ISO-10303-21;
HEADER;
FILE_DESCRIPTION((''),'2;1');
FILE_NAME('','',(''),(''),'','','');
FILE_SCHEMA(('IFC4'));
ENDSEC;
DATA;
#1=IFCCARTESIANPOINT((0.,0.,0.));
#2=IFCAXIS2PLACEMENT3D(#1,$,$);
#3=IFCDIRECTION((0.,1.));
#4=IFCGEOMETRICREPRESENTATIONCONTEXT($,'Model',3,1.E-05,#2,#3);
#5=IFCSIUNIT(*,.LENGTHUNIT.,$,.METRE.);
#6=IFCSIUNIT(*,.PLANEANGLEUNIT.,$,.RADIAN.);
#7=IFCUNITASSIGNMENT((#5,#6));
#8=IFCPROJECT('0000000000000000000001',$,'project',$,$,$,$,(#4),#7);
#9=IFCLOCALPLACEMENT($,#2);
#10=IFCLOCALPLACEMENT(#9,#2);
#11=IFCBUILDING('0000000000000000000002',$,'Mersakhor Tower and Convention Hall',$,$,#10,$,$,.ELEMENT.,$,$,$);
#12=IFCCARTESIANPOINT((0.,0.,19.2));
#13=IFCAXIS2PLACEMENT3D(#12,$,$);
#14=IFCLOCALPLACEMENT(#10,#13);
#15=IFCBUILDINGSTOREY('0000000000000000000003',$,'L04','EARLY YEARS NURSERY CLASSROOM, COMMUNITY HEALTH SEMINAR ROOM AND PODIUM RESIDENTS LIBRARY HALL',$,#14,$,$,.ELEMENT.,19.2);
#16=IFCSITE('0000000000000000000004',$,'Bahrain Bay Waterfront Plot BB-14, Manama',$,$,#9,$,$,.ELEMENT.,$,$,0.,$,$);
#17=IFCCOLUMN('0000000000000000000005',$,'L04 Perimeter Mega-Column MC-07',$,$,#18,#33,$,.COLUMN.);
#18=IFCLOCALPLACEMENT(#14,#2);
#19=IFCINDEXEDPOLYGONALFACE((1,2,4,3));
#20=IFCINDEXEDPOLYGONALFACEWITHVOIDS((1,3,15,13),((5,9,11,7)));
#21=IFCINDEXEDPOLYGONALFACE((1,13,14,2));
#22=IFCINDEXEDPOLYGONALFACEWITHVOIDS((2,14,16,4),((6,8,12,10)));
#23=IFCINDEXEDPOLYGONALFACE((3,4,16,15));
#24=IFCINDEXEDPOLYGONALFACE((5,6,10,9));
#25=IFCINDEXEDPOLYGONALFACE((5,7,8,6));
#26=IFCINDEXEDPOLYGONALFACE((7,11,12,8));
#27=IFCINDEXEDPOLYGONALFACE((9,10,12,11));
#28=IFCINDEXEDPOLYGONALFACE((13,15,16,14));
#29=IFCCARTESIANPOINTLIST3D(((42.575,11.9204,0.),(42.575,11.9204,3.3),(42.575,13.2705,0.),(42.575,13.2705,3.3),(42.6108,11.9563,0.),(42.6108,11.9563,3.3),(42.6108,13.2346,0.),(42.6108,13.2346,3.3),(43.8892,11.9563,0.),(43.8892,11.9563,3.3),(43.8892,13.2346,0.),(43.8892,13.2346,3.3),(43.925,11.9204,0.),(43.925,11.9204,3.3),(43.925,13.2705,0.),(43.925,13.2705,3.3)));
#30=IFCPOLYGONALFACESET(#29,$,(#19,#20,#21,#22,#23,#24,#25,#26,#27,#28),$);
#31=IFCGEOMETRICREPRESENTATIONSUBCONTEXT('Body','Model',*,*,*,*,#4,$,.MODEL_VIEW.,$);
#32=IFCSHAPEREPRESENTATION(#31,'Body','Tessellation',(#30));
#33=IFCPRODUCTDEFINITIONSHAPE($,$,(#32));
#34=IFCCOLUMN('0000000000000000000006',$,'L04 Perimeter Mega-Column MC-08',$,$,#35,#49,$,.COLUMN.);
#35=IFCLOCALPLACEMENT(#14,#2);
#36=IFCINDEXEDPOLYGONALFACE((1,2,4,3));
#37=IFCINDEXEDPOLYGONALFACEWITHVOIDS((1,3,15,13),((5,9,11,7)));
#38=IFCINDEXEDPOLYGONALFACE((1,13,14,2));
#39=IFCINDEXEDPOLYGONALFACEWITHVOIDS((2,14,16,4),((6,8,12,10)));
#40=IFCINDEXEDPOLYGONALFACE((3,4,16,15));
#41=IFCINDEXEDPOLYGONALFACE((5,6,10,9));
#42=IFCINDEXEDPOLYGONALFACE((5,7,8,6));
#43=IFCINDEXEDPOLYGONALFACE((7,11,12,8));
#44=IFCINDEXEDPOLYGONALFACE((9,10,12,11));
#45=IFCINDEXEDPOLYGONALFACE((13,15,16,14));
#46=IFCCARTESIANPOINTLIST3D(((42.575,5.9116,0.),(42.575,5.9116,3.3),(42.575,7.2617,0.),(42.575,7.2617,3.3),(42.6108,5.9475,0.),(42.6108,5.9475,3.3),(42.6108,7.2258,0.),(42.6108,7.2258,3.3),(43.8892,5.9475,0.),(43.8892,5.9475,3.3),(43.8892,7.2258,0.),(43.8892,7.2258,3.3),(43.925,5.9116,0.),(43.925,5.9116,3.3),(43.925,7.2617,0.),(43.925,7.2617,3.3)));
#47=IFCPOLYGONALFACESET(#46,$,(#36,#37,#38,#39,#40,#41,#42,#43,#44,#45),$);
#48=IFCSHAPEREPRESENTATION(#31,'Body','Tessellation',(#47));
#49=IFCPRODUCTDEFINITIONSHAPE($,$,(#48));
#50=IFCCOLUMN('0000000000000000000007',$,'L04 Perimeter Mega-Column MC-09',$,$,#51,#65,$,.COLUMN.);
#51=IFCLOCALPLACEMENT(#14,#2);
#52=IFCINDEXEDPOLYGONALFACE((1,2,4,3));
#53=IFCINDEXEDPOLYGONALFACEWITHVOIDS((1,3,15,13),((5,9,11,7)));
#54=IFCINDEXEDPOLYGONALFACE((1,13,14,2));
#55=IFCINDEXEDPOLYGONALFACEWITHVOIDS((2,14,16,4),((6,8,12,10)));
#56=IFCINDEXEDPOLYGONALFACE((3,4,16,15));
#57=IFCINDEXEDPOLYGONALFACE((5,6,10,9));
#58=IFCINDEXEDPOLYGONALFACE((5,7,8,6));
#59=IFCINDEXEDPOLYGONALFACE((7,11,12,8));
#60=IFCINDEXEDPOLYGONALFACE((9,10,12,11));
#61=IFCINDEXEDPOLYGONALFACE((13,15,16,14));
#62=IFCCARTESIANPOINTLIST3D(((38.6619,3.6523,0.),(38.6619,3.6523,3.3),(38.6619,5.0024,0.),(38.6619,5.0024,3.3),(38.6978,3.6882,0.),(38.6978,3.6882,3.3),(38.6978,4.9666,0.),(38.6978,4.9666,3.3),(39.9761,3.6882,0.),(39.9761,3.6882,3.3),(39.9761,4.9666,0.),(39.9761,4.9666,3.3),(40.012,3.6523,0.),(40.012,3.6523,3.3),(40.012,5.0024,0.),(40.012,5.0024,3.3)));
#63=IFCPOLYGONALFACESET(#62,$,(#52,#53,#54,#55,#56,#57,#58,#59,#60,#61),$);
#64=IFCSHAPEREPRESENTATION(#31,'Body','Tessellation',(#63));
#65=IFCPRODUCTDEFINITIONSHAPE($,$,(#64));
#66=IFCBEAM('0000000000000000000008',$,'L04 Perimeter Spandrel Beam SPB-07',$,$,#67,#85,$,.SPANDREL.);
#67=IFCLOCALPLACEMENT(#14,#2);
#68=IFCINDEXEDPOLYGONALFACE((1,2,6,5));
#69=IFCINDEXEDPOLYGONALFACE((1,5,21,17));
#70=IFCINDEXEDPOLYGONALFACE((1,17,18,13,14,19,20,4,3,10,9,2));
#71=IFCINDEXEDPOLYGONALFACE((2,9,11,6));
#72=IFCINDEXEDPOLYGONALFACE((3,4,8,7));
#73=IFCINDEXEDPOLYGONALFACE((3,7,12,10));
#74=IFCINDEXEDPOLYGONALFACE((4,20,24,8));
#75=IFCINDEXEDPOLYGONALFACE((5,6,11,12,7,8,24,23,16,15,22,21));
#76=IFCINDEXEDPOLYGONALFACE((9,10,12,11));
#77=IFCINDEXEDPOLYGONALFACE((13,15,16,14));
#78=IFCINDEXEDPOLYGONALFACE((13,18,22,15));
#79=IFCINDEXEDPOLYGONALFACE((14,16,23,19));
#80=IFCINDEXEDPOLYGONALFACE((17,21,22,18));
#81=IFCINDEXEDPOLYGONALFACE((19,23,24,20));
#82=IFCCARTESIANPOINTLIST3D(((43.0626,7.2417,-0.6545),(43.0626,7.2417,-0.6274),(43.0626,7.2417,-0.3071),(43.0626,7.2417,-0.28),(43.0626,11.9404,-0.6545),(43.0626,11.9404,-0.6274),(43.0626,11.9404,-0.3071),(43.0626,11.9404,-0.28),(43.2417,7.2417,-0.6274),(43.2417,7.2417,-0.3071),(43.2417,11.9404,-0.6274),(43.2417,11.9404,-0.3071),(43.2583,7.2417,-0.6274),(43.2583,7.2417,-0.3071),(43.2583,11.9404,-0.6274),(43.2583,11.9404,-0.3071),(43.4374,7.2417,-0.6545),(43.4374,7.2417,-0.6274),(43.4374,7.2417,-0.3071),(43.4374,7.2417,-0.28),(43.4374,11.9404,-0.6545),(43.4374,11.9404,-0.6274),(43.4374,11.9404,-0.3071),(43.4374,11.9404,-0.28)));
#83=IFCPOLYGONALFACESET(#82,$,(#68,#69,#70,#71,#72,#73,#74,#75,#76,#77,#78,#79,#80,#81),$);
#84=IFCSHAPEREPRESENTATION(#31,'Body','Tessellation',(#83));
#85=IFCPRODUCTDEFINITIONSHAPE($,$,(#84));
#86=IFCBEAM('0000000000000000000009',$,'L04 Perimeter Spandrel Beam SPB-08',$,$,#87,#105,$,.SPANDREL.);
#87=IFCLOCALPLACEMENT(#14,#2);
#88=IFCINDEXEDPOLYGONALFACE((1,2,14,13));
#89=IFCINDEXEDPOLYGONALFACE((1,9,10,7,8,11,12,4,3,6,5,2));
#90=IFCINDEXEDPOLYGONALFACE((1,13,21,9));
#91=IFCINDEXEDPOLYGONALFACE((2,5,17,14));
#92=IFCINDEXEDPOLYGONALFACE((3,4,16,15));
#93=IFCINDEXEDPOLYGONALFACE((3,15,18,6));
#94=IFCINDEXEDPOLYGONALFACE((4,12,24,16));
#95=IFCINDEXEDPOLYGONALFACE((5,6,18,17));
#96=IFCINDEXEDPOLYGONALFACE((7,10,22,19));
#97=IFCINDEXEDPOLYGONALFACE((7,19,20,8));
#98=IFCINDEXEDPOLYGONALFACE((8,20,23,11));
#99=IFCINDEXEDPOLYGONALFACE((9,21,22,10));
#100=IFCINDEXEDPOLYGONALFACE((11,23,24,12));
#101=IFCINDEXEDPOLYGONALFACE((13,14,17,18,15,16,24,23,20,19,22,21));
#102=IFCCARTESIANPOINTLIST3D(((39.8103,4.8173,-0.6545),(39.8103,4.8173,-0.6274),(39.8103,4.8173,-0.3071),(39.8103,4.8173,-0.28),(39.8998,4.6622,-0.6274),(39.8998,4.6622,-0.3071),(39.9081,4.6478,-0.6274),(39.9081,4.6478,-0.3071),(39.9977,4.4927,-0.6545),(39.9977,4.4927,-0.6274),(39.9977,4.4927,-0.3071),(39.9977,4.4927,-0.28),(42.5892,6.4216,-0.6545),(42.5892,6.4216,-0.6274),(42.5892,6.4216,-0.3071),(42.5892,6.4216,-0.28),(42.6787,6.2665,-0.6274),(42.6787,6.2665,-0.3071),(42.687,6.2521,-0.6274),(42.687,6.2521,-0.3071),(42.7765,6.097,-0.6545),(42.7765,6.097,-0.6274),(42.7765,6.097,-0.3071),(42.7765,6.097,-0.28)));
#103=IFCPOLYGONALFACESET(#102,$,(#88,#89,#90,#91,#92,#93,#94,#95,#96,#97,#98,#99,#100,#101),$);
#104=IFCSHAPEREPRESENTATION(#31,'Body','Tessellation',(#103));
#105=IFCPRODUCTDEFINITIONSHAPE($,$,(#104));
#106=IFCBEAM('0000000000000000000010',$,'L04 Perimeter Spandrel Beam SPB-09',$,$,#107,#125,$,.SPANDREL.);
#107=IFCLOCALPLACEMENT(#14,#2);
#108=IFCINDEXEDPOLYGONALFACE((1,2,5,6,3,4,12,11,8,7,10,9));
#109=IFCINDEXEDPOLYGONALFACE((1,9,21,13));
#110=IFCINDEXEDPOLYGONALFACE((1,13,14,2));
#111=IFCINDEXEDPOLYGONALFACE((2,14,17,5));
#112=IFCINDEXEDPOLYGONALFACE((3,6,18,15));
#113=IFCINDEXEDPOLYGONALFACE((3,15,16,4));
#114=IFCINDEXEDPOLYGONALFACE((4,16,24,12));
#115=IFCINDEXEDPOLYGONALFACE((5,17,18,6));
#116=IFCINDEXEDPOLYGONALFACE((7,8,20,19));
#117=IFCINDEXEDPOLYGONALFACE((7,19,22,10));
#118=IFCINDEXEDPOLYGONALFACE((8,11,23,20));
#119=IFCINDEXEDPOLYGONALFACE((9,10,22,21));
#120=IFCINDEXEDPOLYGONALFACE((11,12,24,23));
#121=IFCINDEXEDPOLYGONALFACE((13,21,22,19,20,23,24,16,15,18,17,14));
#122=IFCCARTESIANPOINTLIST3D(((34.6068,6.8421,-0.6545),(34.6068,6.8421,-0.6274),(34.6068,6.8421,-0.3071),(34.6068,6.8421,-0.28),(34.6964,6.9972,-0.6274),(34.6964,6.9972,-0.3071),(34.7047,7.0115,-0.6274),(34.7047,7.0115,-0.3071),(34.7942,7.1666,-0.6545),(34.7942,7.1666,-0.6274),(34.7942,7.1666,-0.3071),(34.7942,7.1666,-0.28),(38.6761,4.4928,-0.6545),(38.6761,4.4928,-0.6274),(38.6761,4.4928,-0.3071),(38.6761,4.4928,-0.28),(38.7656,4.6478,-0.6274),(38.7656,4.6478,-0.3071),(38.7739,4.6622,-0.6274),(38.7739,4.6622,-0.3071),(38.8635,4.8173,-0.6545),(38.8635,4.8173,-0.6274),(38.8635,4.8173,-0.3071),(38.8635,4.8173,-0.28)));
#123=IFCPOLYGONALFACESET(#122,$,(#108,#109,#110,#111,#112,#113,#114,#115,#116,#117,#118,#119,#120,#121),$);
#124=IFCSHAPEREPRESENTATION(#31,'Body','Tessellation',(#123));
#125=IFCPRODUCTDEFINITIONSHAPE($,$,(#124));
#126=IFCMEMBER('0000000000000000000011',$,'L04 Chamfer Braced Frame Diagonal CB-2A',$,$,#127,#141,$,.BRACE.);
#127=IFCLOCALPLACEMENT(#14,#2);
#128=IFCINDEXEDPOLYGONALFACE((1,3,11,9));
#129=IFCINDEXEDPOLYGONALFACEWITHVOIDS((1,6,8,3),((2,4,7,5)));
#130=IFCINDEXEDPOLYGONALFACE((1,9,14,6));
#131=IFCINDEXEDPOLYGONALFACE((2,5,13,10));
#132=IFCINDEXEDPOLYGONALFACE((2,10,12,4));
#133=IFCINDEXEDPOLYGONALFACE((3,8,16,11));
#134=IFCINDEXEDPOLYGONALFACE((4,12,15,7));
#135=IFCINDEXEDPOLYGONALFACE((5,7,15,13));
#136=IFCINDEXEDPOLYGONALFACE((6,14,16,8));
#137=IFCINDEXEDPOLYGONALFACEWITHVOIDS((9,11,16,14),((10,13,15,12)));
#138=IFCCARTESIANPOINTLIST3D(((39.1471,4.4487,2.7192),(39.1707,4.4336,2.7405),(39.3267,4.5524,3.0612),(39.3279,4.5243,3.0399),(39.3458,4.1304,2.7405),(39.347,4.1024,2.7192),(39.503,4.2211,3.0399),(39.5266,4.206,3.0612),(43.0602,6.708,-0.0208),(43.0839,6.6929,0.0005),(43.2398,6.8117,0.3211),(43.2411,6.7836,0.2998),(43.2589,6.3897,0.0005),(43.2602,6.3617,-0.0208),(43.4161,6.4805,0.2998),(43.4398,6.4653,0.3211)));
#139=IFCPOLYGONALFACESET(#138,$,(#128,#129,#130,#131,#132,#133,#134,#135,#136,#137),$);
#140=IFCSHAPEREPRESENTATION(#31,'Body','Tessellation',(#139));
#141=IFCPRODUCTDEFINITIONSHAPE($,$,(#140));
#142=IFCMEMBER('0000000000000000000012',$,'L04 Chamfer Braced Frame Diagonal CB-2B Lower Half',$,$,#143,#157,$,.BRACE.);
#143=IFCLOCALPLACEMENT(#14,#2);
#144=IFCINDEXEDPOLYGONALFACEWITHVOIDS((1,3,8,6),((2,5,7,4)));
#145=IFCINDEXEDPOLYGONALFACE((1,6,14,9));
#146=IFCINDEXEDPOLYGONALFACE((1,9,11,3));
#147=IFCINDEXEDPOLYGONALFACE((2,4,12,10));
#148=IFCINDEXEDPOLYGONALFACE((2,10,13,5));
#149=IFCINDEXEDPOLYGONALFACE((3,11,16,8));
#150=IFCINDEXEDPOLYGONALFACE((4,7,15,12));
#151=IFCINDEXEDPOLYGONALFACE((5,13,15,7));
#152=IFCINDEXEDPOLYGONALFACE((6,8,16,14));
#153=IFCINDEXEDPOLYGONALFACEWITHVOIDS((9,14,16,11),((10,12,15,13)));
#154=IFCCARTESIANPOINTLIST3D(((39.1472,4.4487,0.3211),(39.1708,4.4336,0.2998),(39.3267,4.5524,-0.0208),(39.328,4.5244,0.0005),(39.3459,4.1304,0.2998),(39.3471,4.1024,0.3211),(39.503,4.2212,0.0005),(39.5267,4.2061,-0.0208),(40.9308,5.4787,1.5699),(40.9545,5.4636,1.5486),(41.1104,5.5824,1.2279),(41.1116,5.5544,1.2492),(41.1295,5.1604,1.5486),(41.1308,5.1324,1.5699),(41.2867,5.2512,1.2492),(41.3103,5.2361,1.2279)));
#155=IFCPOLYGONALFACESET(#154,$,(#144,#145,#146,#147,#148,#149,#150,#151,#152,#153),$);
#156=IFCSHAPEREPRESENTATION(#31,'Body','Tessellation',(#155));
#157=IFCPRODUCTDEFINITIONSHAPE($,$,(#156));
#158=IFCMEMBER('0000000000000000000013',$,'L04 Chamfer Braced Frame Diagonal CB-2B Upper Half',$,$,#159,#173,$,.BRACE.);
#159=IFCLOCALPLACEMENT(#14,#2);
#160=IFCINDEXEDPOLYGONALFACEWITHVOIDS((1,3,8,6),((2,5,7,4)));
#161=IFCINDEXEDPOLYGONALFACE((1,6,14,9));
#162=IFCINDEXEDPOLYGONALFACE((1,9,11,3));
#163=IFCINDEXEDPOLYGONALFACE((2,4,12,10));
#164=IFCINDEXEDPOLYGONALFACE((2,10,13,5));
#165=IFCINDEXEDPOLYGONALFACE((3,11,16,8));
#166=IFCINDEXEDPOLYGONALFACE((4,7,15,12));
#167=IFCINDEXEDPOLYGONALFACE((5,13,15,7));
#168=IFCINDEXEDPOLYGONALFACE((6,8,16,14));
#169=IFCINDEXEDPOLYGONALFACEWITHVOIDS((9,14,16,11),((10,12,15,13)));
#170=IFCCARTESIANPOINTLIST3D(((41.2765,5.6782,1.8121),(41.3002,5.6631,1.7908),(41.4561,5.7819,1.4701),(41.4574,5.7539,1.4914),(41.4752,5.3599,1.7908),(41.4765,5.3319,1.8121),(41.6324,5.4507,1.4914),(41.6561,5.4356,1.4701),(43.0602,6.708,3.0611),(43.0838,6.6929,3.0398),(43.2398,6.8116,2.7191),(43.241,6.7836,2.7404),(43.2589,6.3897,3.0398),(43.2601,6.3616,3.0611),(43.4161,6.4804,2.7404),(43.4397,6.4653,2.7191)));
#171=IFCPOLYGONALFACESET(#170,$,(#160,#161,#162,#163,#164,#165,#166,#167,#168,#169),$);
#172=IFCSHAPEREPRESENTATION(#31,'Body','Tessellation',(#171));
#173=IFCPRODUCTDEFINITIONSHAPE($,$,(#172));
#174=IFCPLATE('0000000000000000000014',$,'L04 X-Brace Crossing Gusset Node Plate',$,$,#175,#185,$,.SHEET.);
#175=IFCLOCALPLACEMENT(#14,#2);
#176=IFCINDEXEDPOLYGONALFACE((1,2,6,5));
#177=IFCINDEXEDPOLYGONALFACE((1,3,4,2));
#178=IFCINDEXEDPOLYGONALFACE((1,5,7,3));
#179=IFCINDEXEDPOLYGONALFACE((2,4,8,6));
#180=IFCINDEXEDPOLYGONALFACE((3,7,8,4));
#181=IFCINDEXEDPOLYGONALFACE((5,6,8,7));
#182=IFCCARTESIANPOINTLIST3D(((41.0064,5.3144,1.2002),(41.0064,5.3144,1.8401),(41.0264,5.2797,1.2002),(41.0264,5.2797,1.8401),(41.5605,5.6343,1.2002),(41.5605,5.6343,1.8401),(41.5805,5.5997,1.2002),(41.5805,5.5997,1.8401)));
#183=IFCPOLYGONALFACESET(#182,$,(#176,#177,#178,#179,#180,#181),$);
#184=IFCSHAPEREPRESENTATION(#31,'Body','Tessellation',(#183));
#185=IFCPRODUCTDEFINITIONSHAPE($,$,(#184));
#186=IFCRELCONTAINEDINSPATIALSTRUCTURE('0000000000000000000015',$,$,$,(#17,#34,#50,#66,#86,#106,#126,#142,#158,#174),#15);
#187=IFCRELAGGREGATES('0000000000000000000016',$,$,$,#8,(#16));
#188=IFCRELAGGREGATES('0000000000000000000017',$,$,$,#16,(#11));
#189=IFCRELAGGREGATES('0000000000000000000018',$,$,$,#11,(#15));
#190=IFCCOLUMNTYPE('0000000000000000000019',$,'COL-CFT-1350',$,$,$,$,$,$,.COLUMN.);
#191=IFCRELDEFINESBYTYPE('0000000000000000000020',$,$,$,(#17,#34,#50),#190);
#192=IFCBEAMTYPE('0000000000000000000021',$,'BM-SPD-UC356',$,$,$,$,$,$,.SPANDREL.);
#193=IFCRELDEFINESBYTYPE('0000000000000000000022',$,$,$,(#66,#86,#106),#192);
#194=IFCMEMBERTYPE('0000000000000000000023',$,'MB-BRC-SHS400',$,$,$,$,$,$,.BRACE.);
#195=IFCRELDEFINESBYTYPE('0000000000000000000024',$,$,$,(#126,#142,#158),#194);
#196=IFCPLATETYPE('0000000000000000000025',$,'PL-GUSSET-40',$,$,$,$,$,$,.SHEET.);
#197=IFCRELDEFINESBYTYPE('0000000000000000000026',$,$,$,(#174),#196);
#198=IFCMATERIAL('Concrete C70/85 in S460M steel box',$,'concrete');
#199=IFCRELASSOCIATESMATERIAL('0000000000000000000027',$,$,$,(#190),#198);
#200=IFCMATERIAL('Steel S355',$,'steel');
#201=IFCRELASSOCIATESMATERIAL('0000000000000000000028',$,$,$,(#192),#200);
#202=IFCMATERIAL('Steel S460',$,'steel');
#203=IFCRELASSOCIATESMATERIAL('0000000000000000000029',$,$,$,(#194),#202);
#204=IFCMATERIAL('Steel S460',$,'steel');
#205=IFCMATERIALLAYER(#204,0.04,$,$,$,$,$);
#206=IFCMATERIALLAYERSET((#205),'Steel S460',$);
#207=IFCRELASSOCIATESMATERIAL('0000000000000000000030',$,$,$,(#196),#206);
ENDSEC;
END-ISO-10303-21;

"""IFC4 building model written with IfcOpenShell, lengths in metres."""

from ifc_helpers import new_model, si_unit, direction, frame, origin, origin_2d, place, context, subcontext, project, spatial, rectangle, hollow_rectangle, i_section, extrude, material, layer, layer_set, material_profile, profile_set, type_object, element, save


model = new_model("IFC4")

# Units and contexts
model_context = context("Model", 3, precision=1e-05, world=origin(), true_north=direction((0.0, 1.0)))
body_context = subcontext(model_context, "Body", "Model", "MODEL_VIEW")
ifc_project = project(units=[si_unit("LENGTHUNIT", "METRE"), si_unit("PLANEANGLEUNIT", "RADIAN")], contexts=[model_context])

# Site, building, storey
site_placement = place(None, origin())
site = spatial("IfcSite", under=ifc_project, at=site_placement, Name="Bahrain Bay Waterfront Plot BB-14, Manama", CompositionType="ELEMENT", RefElevation=0.0)
building_placement = place(site_placement, origin())
building = spatial("IfcBuilding", under=site, at=building_placement, Name="Mersakhor Tower and Convention Hall", CompositionType="ELEMENT")
storey_placement = place(building_placement, frame((0.0, 0.0, 19.2)))
storey = spatial("IfcBuildingStorey", under=building, at=storey_placement, Name="L04", Description="EARLY YEARS NURSERY CLASSROOM, COMMUNITY HEALTH SEMINAR ROOM AND PODIUM RESIDENTS LIBRARY HALL", CompositionType="ELEMENT", Elevation=19.2)

# Columns
ifc_material_1 = material(Name="Concrete C70/85 in S460M steel box", Category="concrete")
ifc_material_profile_1 = material_profile(ifc_material_1, hollow_rectangle(XDim=1.3501, YDim=1.3501, WallThickness=0.0359, at=origin_2d()), Name="SHS 1350x1350x36")
ifc_profile_set_1 = profile_set([ifc_material_profile_1], Name="Concrete C70/85 in S460M steel box")
column_type = type_object("IfcColumnType", Name="COL-CFT-1350", PredefinedType="COLUMN", material=ifc_profile_set_1)
for number, where, z_axis, x_axis, name in (
    (1, (43.25, 12.5955, 0.0), (0.0, 0.0, 1.0), (1.0, 0.0, 0.0), "L04 Perimeter Mega-Column MC-07"),
    (2, (43.25, 6.5867, 0.0), (0.0, 0.0, 1.0), (1.0, 0.0, 0.0), "L04 Perimeter Mega-Column MC-08"),
    (3, (39.3369, 4.3274, 0.0), (0.0, 0.0, 1.0), (1.0, 0.0, 0.0), "L04 Perimeter Mega-Column MC-09"),
):
    element("IfcColumn", number, at=place(storey_placement, frame(where, z_axis=z_axis, x_axis=x_axis)), inside=storey, type_object=column_type, Name=name, PredefinedType="COLUMN", context=body_context, shape_type="SweptSolid", body=[
        extrude(hollow_rectangle(XDim=1.3501, YDim=1.3501, WallThickness=0.0359, at=origin_2d()), origin(), (0.0, 0.0, 1.0), 3.3),
    ])

# Beams
ifc_material_2 = material(Name="Steel S355", Category="steel")
ifc_material_profile_2 = material_profile(ifc_material_2, i_section(OverallWidth=0.3748, OverallDepth=0.3745, WebThickness=0.0166, FlangeThickness=0.0271, at=origin_2d()), Name="UC 356x368x202")
ifc_profile_set_2 = profile_set([ifc_material_profile_2], Name="Steel S355")
beam_type = type_object("IfcBeamType", Name="BM-SPD-UC356", PredefinedType="SPANDREL", material=ifc_profile_set_2)
beam_1_placement = place(storey_placement, frame((43.25, 11.9404, -0.4673), z_axis=(0.0, -1.0, 0.0), x_axis=(1.0, 0.0, 0.0)))
element("IfcBeam", 4, at=beam_1_placement, inside=storey, type_object=beam_type, Name="L04 Perimeter Spandrel Beam SPB-07", PredefinedType="SPANDREL", context=body_context, shape_type="SweptSolid", body=[
    extrude(i_section(OverallWidth=0.3748, OverallDepth=0.3745, WebThickness=0.0166, FlangeThickness=0.0271, at=origin_2d()), origin(), (0.0, 0.0, 1.0), 4.6987),
])
beam_2_placement = place(storey_placement, frame((42.6829, 6.2593, -0.4673), z_axis=(-0.866039, -0.499977, 0.0), x_axis=(0.499977, -0.866039, 0.0)))
element("IfcBeam", 5, at=beam_2_placement, inside=storey, type_object=beam_type, Name="L04 Perimeter Spandrel Beam SPB-08", PredefinedType="SPANDREL", context=body_context, shape_type="SweptSolid", body=[
    extrude(i_section(OverallWidth=0.3748, OverallDepth=0.3745, WebThickness=0.0166, FlangeThickness=0.0271, at=origin_2d()), origin(), (0.0, 0.0, 1.0), 3.2087),
])
beam_3_placement = place(storey_placement, frame((38.7698, 4.655, -0.4673), z_axis=(-0.866032, 0.499989, 0.0), x_axis=(-0.499989, -0.866032, 0.0)))
element("IfcBeam", 6, at=beam_3_placement, inside=storey, type_object=beam_type, Name="L04 Perimeter Spandrel Beam SPB-09", PredefinedType="SPANDREL", context=body_context, shape_type="SweptSolid", body=[
    extrude(i_section(OverallWidth=0.3748, OverallDepth=0.3745, WebThickness=0.0166, FlangeThickness=0.0271, at=origin_2d()), origin(), (0.0, 0.0, 1.0), 4.6987),
])

# Members
ifc_material_3 = material(Name="Steel S460", Category="steel")
ifc_material_profile_3 = material_profile(ifc_material_3, hollow_rectangle(XDim=0.3999, YDim=0.3999, WallThickness=0.0249, at=origin_2d()), Name="SHS 400x400x25")
ifc_profile_set_3 = profile_set([ifc_material_profile_3], Name="Steel S460")
member_type = type_object("IfcMemberType", Name="MB-BRC-SHS400", PredefinedType="BRACE", material=ifc_profile_set_3)
member_placement = place(storey_placement, frame((43.25, 6.5867, 0.1501), z_axis=(-0.740508, -0.427543, 0.518513), x_axis=(0.500009, -0.86602, 0.0)))
element("IfcMember", 7, at=member_placement, inside=storey, type_object=member_type, Name="L04 Chamfer Braced Frame Diagonal CB-2A", PredefinedType="BRACE", context=body_context, shape_type="SweptSolid", body=[
    extrude(hollow_rectangle(XDim=0.3999, YDim=0.3999, WallThickness=0.0249, at=origin_2d()), origin(), (0.0, 0.0, 1.0), 5.2844),
])
for number, where, z_axis, x_axis, name in (
    (8, (39.3369, 4.3274, 0.1501), (0.740512, 0.427624, 0.51844), (-0.500078, 0.86598, 0.0), "L04 Chamfer Braced Frame Diagonal CB-2B Lower Half"),
    (9, (41.4663, 5.5569, 1.6411), (0.740505, 0.427519, 0.518536), (-0.499989, 0.866032, 0.0), "L04 Chamfer Braced Frame Diagonal CB-2B Upper Half"),
):
    element("IfcMember", number, at=place(storey_placement, frame(where, z_axis=z_axis, x_axis=x_axis)), inside=storey, type_object=member_type, Name=name, PredefinedType="BRACE", context=body_context, shape_type="SweptSolid", body=[
        extrude(hollow_rectangle(XDim=0.3999, YDim=0.3999, WallThickness=0.0249, at=origin_2d()), origin(), (0.0, 0.0, 1.0), 2.4087),
    ])

# Plate
ifc_material_4 = material(Name="Steel S460", Category="steel")
ifc_layer_1 = layer(ifc_material_4, 0.04)
ifc_layer_set_1 = layer_set([ifc_layer_1], Name="Steel S460")
plate_type = type_object("IfcPlateType", Name="PL-GUSSET-40", PredefinedType="SHEET", material=ifc_layer_set_1)
plate_placement = place(storey_placement, frame((41.2935, 5.457, 1.2002), z_axis=(0.0, 0.0, 1.0), x_axis=(0.866025, 0.5, 0.0)))
element("IfcPlate", 10, at=plate_placement, inside=storey, type_object=plate_type, Name="L04 X-Brace Crossing Gusset Node Plate", PredefinedType="SHEET", context=body_context, shape_type="SweptSolid", body=[
    extrude(rectangle(XDim=0.6399, YDim=0.04, at=origin_2d()), origin(), (0.0, 0.0, 1.0), 0.6399),
])

save(model, "model.ifc")
